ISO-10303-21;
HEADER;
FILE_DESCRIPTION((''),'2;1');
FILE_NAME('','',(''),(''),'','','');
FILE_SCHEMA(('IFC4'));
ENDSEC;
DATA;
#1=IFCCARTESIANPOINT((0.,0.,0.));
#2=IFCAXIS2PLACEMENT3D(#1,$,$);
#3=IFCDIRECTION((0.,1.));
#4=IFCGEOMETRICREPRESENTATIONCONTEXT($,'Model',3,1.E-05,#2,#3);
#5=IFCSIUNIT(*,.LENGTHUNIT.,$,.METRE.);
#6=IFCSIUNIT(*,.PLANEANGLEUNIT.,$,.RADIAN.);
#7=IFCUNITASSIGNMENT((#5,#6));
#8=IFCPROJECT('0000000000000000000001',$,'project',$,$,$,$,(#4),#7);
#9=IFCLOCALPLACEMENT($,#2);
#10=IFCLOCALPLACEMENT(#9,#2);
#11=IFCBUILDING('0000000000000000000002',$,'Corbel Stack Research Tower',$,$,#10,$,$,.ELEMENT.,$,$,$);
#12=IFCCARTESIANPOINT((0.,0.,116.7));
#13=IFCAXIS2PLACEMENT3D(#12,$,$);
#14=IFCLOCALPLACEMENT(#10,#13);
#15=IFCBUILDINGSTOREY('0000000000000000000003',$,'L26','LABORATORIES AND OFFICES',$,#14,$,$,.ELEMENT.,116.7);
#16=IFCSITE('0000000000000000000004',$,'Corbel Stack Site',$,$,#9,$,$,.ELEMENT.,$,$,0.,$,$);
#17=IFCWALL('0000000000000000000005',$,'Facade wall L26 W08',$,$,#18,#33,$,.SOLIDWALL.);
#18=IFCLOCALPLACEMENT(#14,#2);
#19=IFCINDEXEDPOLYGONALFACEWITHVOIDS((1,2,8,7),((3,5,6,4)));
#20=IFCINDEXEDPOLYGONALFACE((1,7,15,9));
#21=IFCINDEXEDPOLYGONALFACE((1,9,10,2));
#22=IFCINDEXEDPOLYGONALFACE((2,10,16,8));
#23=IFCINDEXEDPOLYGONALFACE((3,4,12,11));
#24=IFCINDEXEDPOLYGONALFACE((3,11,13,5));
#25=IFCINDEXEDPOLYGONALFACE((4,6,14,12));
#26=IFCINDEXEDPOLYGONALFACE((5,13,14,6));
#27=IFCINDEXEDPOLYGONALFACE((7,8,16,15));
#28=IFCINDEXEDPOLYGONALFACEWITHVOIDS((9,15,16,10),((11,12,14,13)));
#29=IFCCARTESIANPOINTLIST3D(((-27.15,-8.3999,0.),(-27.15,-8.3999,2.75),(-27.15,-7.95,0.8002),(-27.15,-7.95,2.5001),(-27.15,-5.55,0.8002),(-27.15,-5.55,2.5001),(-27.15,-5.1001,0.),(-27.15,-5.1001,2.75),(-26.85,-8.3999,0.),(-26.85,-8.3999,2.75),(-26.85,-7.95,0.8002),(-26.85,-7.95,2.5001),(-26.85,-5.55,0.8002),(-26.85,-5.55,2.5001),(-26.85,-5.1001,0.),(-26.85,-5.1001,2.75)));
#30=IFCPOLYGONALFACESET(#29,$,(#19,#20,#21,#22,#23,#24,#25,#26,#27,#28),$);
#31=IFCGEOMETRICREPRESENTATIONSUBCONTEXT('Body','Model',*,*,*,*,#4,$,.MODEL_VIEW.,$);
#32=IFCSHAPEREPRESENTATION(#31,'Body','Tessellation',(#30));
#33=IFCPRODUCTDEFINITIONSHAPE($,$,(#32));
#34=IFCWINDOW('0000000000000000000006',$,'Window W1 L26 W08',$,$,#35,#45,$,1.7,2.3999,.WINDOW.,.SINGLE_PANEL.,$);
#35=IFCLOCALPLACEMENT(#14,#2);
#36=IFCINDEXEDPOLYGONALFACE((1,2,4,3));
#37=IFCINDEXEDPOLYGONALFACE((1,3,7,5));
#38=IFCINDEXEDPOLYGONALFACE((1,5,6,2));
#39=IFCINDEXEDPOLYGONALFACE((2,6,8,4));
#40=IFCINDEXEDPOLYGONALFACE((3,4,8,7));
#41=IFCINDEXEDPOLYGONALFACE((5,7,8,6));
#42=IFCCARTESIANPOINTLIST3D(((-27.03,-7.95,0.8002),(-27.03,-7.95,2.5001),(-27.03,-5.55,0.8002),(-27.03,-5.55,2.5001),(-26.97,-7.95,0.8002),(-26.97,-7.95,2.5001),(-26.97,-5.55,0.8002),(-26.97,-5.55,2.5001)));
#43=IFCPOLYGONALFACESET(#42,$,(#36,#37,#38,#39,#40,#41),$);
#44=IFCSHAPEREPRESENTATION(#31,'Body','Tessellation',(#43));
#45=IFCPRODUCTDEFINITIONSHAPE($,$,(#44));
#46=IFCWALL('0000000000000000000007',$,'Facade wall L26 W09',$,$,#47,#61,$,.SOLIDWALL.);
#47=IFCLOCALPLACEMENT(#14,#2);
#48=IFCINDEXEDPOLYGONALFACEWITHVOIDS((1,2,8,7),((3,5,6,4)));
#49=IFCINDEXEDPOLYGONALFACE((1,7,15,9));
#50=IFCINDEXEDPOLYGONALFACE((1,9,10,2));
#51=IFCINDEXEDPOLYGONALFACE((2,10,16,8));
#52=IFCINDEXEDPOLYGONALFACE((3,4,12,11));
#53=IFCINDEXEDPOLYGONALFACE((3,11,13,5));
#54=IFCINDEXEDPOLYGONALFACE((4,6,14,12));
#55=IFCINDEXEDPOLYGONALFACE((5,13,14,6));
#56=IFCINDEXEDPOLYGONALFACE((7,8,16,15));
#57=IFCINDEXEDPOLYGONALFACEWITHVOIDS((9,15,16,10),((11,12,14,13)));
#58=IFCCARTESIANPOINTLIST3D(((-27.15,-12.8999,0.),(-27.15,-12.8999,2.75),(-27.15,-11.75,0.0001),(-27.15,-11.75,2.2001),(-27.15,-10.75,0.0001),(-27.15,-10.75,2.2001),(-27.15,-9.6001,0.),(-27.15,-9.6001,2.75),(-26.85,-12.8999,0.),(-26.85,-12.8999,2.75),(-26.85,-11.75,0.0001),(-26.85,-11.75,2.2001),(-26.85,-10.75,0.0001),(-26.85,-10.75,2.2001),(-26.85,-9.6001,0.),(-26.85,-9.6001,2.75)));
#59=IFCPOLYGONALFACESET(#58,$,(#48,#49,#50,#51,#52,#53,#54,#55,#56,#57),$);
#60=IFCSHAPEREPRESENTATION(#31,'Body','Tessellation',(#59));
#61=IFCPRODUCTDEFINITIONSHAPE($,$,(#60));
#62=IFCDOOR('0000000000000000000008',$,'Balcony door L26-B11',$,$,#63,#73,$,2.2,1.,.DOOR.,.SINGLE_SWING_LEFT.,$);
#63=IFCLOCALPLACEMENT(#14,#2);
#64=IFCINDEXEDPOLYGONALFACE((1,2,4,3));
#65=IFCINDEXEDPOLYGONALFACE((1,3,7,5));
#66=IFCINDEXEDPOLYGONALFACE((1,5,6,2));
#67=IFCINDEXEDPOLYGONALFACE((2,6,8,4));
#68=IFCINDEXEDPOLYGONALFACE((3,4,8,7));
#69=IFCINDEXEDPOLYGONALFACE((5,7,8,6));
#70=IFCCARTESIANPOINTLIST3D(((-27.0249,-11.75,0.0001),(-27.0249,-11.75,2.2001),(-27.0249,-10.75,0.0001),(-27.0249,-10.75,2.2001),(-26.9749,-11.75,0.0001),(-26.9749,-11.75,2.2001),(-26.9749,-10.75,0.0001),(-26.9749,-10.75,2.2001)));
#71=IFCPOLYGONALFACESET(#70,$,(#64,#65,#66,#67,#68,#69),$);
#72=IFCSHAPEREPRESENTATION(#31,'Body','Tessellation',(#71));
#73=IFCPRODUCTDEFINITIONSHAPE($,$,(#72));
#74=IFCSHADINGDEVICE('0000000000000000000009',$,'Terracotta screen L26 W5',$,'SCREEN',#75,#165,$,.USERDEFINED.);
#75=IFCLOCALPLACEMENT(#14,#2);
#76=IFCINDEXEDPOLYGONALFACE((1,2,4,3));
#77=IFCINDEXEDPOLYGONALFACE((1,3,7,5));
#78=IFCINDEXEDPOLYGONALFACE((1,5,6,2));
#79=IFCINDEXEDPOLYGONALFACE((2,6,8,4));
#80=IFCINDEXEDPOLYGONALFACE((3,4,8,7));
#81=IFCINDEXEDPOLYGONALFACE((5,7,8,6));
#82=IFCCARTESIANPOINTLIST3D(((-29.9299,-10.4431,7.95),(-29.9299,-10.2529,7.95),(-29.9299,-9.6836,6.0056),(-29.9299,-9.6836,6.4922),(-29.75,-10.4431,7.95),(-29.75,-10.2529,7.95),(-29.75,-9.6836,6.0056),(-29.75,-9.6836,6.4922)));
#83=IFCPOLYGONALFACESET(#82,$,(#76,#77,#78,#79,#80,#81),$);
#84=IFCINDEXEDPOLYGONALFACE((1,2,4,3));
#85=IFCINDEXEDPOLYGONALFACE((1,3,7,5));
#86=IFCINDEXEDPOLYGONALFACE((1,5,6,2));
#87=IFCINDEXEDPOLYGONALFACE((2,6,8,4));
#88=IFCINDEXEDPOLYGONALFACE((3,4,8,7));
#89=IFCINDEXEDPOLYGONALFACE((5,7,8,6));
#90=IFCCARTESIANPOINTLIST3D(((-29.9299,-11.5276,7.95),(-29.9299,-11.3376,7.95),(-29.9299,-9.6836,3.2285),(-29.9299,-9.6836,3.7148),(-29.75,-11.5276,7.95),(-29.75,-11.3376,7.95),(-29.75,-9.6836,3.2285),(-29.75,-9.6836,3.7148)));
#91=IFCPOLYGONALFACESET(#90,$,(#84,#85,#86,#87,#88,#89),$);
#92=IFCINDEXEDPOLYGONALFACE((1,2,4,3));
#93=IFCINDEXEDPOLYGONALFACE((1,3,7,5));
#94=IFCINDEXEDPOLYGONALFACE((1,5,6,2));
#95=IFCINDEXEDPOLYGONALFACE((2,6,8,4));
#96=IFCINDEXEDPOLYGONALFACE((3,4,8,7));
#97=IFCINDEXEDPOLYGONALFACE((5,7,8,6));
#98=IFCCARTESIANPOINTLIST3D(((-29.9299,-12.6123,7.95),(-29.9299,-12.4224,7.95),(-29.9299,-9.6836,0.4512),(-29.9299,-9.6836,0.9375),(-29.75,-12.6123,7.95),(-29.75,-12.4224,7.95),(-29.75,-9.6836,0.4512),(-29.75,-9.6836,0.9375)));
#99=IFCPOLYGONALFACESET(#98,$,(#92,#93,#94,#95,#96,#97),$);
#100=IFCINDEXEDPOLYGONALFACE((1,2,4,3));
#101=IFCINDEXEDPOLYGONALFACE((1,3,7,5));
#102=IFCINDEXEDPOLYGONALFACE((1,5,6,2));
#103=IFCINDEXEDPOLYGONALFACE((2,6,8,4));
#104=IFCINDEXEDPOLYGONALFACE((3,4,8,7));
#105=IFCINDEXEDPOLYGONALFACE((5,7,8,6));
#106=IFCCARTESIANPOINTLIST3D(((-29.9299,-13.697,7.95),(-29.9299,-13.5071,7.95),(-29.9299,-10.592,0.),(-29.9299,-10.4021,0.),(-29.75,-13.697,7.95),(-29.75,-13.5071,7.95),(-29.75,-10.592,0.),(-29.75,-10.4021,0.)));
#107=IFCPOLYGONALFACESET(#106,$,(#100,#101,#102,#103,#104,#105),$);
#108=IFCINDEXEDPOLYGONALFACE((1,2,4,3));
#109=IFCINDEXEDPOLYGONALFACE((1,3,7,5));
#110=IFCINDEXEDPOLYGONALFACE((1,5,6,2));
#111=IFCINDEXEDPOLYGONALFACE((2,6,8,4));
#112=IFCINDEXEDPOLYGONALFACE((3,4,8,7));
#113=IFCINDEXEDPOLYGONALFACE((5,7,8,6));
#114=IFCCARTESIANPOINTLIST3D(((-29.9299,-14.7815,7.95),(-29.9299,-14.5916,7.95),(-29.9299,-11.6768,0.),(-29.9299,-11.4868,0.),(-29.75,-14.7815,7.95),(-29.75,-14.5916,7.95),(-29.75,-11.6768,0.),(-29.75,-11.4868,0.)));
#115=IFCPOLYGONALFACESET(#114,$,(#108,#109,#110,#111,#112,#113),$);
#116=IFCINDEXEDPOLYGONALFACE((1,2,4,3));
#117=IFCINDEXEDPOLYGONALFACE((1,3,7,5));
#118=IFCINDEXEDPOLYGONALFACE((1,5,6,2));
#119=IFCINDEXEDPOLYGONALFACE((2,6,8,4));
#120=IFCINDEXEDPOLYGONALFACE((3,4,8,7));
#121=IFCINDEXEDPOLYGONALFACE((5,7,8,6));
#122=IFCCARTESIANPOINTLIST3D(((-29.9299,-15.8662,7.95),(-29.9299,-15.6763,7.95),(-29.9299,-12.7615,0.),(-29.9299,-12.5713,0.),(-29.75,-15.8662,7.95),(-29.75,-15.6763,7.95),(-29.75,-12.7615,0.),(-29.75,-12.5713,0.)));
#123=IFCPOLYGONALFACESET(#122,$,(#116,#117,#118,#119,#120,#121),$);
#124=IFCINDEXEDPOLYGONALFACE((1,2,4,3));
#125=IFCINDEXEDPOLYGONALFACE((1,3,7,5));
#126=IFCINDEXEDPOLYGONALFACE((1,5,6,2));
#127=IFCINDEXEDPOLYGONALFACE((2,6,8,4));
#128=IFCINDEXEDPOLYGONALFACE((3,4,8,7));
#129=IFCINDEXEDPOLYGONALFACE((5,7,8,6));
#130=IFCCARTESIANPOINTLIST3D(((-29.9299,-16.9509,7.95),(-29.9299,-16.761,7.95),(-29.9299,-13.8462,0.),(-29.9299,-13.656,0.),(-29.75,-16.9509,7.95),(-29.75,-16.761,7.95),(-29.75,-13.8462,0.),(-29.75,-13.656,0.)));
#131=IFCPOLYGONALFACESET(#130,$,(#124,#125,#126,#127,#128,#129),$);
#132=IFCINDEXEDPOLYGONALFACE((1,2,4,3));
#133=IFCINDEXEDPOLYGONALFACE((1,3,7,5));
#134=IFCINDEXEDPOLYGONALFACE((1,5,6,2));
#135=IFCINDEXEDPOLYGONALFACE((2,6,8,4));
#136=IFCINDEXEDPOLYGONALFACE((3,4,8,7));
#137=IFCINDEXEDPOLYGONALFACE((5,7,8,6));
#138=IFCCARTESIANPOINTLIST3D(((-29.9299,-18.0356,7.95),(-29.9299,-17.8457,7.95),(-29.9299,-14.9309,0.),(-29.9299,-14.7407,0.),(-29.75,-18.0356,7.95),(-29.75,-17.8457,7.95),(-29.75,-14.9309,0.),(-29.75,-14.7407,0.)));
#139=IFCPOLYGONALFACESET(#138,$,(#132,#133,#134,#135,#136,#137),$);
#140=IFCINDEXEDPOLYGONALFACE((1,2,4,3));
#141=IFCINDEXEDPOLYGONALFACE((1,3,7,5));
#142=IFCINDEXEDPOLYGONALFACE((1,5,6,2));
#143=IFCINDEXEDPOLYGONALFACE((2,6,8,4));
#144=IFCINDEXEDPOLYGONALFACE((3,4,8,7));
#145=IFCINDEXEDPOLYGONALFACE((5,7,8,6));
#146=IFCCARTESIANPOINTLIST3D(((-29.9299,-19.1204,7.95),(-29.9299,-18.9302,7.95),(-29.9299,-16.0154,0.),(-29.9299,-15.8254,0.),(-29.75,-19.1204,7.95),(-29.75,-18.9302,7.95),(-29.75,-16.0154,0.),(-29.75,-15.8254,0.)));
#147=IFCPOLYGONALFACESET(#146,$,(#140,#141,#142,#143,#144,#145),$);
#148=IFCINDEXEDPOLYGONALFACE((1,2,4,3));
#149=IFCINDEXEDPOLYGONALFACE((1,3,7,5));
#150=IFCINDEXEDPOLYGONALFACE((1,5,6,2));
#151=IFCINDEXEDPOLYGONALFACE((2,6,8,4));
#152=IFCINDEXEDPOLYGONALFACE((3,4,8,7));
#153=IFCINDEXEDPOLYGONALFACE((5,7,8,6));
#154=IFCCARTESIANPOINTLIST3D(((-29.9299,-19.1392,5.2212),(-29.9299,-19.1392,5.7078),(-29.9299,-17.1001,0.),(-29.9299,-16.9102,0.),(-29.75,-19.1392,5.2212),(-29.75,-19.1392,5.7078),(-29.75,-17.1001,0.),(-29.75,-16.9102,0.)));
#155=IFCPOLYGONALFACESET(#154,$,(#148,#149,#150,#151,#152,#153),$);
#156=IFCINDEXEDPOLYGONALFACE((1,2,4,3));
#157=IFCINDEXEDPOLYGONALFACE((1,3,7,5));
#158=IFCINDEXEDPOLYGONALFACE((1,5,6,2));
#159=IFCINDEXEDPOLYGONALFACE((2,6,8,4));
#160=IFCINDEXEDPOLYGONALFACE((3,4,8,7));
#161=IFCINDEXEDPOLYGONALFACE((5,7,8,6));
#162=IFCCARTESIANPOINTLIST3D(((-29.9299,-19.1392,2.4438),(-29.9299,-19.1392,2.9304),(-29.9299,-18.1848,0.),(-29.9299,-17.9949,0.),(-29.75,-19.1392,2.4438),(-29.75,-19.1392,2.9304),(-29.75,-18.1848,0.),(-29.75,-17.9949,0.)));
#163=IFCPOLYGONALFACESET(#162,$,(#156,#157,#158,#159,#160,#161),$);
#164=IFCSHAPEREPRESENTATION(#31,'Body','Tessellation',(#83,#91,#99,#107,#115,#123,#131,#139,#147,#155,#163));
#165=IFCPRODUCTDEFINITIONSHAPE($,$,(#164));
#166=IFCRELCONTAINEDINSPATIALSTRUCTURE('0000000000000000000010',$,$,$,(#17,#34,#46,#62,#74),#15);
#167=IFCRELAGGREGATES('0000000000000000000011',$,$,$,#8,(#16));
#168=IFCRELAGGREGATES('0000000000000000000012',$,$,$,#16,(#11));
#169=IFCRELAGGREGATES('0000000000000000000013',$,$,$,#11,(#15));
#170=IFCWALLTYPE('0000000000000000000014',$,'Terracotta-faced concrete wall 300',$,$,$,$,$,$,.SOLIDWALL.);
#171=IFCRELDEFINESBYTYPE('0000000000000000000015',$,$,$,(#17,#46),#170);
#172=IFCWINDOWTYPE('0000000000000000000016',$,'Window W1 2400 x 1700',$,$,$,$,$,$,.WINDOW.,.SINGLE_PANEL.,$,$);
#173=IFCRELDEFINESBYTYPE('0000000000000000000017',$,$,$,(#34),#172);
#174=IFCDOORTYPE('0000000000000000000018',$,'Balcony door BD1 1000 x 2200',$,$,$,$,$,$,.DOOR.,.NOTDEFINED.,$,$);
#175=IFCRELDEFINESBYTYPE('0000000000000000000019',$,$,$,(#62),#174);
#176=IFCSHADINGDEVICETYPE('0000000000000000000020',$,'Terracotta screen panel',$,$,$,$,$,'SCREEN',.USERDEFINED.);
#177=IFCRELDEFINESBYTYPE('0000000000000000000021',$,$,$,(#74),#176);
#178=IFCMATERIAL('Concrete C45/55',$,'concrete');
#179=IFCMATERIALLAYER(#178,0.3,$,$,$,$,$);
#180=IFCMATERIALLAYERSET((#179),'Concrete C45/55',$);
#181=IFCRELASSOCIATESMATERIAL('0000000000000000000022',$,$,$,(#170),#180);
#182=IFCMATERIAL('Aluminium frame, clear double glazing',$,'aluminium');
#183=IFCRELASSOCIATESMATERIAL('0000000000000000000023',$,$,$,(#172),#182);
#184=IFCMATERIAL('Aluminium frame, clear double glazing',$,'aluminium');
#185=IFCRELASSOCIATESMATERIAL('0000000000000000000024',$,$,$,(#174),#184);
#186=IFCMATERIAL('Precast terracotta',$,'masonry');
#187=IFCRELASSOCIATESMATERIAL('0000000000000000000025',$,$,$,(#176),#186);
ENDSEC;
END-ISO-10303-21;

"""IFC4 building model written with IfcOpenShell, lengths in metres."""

from ifc_helpers import new_model, si_unit, direction, frame, frame_2d, origin, place, context, subcontext, project, spatial, polyline, rectangle, outline, extrude, source, transform, mapped, material, layer, layer_set, type_object, element, fill, save


model = new_model("IFC4")

# Units and contexts
model_context = context("Model", 3, precision=1e-05, world=origin(), true_north=direction((0.0, 1.0)))
body_context = subcontext(model_context, "Body", "Model", "MODEL_VIEW")
ifc_project = project(units=[si_unit("LENGTHUNIT", "METRE"), si_unit("PLANEANGLEUNIT", "RADIAN")], contexts=[model_context])

# Site, building, storey
site_placement = place(None, origin())
site = spatial("IfcSite", under=ifc_project, at=site_placement, Name="Corbel Stack Site", CompositionType="ELEMENT", RefElevation=0.0)
building_placement = place(site_placement, origin())
building = spatial("IfcBuilding", under=site, at=building_placement, Name="Corbel Stack Research Tower", CompositionType="ELEMENT")
storey_placement = place(building_placement, frame((0.0, 0.0, 116.7)))
storey = spatial("IfcBuildingStorey", under=building, at=storey_placement, Name="L26", Description="LABORATORIES AND OFFICES", CompositionType="ELEMENT", Elevation=116.7)

# Wall, opening, window
ifc_material_1 = material(Name="Concrete C45/55", Category="concrete")
ifc_layer_1 = layer(ifc_material_1, 0.3)
ifc_layer_set_1 = layer_set([ifc_layer_1], Name="Concrete C45/55")
wall_type_1 = type_object("IfcWallType", Name="Terracotta-faced concrete wall 300", PredefinedType="SOLIDWALL", material=ifc_layer_set_1)
ifc_material_2 = material(Name="Aluminium frame, clear double glazing", Category="aluminium")
window_type = type_object("IfcWindowType", Name="Window W1 2400 x 1700", PartitioningType="SINGLE_PANEL", PredefinedType="WINDOW", material=ifc_material_2)
wall_1_placement = place(storey_placement, frame((-27.0, -8.3999, 0.0), z_axis=(0.0, 0.0, 1.0), x_axis=(0.0, 1.0, 0.0)))
wall_1 = element("IfcWall", 1, at=wall_1_placement, inside=storey, type_object=wall_type_1, Name="Facade wall L26 W08", PredefinedType="SOLIDWALL", context=body_context, shape_type="SweptSolid", body=[
    extrude(rectangle(XDim=3.2998, YDim=0.3, at=frame_2d((1.6499, 0.0))), origin(), (0.0, 0.0, 1.0), 2.75),
])
opening_1_placement = place(wall_1_placement, frame((0.45, 0.0, 0.8)))
opening_1 = element("IfcOpeningElement", 2, at=opening_1_placement, cuts=wall_1, PredefinedType="OPENING", context=body_context, shape_type="SweptSolid", body=[
    extrude(rectangle(XDim=2.3999, YDim=1.7, at=frame_2d((1.2, 0.8501))), frame((0.0, 0.1599, 0.0), z_axis=(0.0, -1.0, 0.0), x_axis=(1.0, 0.0, 0.0)), (0.0, 0.0, 1.0), 0.3201),
])
window_1_placement = place(opening_1_placement, origin())
window_1 = element("IfcWindow", 3, at=window_1_placement, inside=storey, type_object=window_type, Name="Window W1 L26 W08", OverallHeight=1.7, OverallWidth=2.3999, PartitioningType="SINGLE_PANEL", PredefinedType="WINDOW", context=body_context, shape_type="SweptSolid", body=[
    extrude(rectangle(XDim=2.3999, YDim=1.7, at=frame_2d((1.2, 0.8501))), frame((0.0, 0.03, 0.0), z_axis=(0.0, -1.0, 0.0), x_axis=(1.0, 0.0, 0.0)), (0.0, 0.0, 1.0), 0.0601),
])
fill(opening_1, window_1)

# Wall, opening, door
wall_2_placement = place(storey_placement, frame((-27.0, -12.8999, 0.0), z_axis=(0.0, 0.0, 1.0), x_axis=(0.0, 1.0, 0.0)))
wall_2 = element("IfcWall", 4, at=wall_2_placement, inside=storey, type_object=wall_type_1, Name="Facade wall L26 W09", PredefinedType="SOLIDWALL", context=body_context, shape_type="SweptSolid", body=[
    extrude(rectangle(XDim=3.2998, YDim=0.3, at=frame_2d((1.6499, 0.0))), origin(), (0.0, 0.0, 1.0), 2.75),
])
opening_2_placement = place(wall_2_placement, frame((1.1499, 0.0, 0.0)))
opening_2 = element("IfcOpeningElement", 5, at=opening_2_placement, cuts=wall_2, PredefinedType="OPENING", context=body_context, shape_type="SweptSolid", body=[
    extrude(rectangle(XDim=1.0, YDim=2.2, at=frame_2d((0.5, 1.1001))), frame((0.0, 0.1599, 0.0), z_axis=(0.0, -1.0, 0.0), x_axis=(1.0, 0.0, 0.0)), (0.0, 0.0, 1.0), 0.3201),
])
ifc_material_3 = material(Name="Aluminium frame, clear double glazing", Category="aluminium")
door_type_1 = type_object("IfcDoorType", Name="Balcony door BD1 1000 x 2200", OperationType="NOTDEFINED", PredefinedType="DOOR", material=ifc_material_3)
door_1_placement = place(opening_2_placement, origin())
door_1 = element("IfcDoor", 6, at=door_1_placement, inside=storey, type_object=door_type_1, Name="Balcony door L26-B11", OperationType="SINGLE_SWING_LEFT", OverallHeight=2.2, OverallWidth=1.0, PredefinedType="DOOR", context=body_context, shape_type="SweptSolid", body=[
    extrude(rectangle(XDim=1.0, YDim=2.2, at=frame_2d((0.5, 1.1001))), frame((0.0, 0.0249, 0.0), z_axis=(0.0, -1.0, 0.0), x_axis=(1.0, 0.0, 0.0)), (0.0, 0.0, 1.0), 0.05),
])
fill(opening_2, door_1)

# Shading device
ifc_material_4 = material(Name="Precast terracotta", Category="masonry")
shading_device_type = type_object("IfcShadingDeviceType", Name="Terracotta screen panel", ElementType="SCREEN", PredefinedType="USERDEFINED", material=ifc_material_4)
shared_shape_1 = source(origin(), body_context, "Body", "SweptSolid", [
    extrude(outline(polyline([(0.7595, 7.95), (0.5693, 7.95), (0.0, 6.4922), (0.0, 6.0056), (0.7595, 7.95)])), frame((0.0, 0.0, 0.0), z_axis=(0.0, -1.0, 0.0), x_axis=(1.0, 0.0, 0.0)), (0.0, 0.0, 1.0), 0.1799),
    extrude(outline(polyline([(1.844, 7.95), (1.6541, 7.95), (0.0, 3.7148), (0.0, 3.2285), (1.844, 7.95)])), frame((0.0, 0.0, 0.0), z_axis=(0.0, -1.0, 0.0), x_axis=(1.0, 0.0, 0.0)), (0.0, 0.0, 1.0), 0.1799),
    extrude(outline(polyline([(2.9287, 7.95), (2.7388, 7.95), (0.0, 0.9375), (0.0, 0.4512), (2.9287, 7.95)])), frame((0.0, 0.0, 0.0), z_axis=(0.0, -1.0, 0.0), x_axis=(1.0, 0.0, 0.0)), (0.0, 0.0, 1.0), 0.1799),
    extrude(outline(polyline([(0.9084, 0.0), (4.0134, 7.95), (3.8235, 7.95), (0.7185, 0.0), (0.9084, 0.0)])), frame((0.0, 0.0, 0.0), z_axis=(0.0, -1.0, 0.0), x_axis=(1.0, 0.0, 0.0)), (0.0, 0.0, 1.0), 0.1799),
    extrude(outline(polyline([(1.9932, 0.0), (5.0979, 7.95), (4.908, 7.95), (1.8032, 0.0), (1.9932, 0.0)])), frame((0.0, 0.0, 0.0), z_axis=(0.0, -1.0, 0.0), x_axis=(1.0, 0.0, 0.0)), (0.0, 0.0, 1.0), 0.1799),
    extrude(outline(polyline([(3.0779, 0.0), (6.1826, 7.95), (5.9927, 7.95), (2.8877, 0.0), (3.0779, 0.0)])), frame((0.0, 0.0, 0.0), z_axis=(0.0, -1.0, 0.0), x_axis=(1.0, 0.0, 0.0)), (0.0, 0.0, 1.0), 0.1799),
    extrude(outline(polyline([(4.1626, 0.0), (7.2673, 7.95), (7.0774, 7.95), (3.9724, 0.0), (4.1626, 0.0)])), frame((0.0, 0.0, 0.0), z_axis=(0.0, -1.0, 0.0), x_axis=(1.0, 0.0, 0.0)), (0.0, 0.0, 1.0), 0.1799),
    extrude(outline(polyline([(5.2473, 0.0), (8.3521, 7.95), (8.1621, 7.95), (5.0571, 0.0), (5.2473, 0.0)])), frame((0.0, 0.0, 0.0), z_axis=(0.0, -1.0, 0.0), x_axis=(1.0, 0.0, 0.0)), (0.0, 0.0, 1.0), 0.1799),
    extrude(outline(polyline([(6.3318, 0.0), (9.4368, 7.95), (9.2466, 7.95), (6.1418, 0.0), (6.3318, 0.0)])), frame((0.0, 0.0, 0.0), z_axis=(0.0, -1.0, 0.0), x_axis=(1.0, 0.0, 0.0)), (0.0, 0.0, 1.0), 0.1799),
    extrude(outline(polyline([(7.4165, 0.0), (9.4556, 5.2212), (9.4556, 5.7078), (7.2266, 0.0), (7.4165, 0.0)])), frame((0.0, 0.0, 0.0), z_axis=(0.0, -1.0, 0.0), x_axis=(1.0, 0.0, 0.0)), (0.0, 0.0, 1.0), 0.1799),
    extrude(outline(polyline([(8.5012, 0.0), (9.4556, 2.4438), (9.4556, 2.9304), (8.3113, 0.0), (8.5012, 0.0)])), frame((0.0, 0.0, 0.0), z_axis=(0.0, -1.0, 0.0), x_axis=(1.0, 0.0, 0.0)), (0.0, 0.0, 1.0), 0.1799),
])
shading_device_1_placement = place(storey_placement, frame((-29.75, -9.6836, 0.0), z_axis=(0.0, 0.0, 1.0), x_axis=(0.0, -1.0, 0.0)))
element("IfcShadingDevice", 7, at=shading_device_1_placement, inside=storey, type_object=shading_device_type, Name="Terracotta screen L26 W5", ObjectType="SCREEN", PredefinedType="USERDEFINED", context=body_context, shape_type="MappedRepresentation", body=[
    mapped(shared_shape_1, transform((0.0, 0.0, 0.0))),
])

save(model, "model.ifc")
